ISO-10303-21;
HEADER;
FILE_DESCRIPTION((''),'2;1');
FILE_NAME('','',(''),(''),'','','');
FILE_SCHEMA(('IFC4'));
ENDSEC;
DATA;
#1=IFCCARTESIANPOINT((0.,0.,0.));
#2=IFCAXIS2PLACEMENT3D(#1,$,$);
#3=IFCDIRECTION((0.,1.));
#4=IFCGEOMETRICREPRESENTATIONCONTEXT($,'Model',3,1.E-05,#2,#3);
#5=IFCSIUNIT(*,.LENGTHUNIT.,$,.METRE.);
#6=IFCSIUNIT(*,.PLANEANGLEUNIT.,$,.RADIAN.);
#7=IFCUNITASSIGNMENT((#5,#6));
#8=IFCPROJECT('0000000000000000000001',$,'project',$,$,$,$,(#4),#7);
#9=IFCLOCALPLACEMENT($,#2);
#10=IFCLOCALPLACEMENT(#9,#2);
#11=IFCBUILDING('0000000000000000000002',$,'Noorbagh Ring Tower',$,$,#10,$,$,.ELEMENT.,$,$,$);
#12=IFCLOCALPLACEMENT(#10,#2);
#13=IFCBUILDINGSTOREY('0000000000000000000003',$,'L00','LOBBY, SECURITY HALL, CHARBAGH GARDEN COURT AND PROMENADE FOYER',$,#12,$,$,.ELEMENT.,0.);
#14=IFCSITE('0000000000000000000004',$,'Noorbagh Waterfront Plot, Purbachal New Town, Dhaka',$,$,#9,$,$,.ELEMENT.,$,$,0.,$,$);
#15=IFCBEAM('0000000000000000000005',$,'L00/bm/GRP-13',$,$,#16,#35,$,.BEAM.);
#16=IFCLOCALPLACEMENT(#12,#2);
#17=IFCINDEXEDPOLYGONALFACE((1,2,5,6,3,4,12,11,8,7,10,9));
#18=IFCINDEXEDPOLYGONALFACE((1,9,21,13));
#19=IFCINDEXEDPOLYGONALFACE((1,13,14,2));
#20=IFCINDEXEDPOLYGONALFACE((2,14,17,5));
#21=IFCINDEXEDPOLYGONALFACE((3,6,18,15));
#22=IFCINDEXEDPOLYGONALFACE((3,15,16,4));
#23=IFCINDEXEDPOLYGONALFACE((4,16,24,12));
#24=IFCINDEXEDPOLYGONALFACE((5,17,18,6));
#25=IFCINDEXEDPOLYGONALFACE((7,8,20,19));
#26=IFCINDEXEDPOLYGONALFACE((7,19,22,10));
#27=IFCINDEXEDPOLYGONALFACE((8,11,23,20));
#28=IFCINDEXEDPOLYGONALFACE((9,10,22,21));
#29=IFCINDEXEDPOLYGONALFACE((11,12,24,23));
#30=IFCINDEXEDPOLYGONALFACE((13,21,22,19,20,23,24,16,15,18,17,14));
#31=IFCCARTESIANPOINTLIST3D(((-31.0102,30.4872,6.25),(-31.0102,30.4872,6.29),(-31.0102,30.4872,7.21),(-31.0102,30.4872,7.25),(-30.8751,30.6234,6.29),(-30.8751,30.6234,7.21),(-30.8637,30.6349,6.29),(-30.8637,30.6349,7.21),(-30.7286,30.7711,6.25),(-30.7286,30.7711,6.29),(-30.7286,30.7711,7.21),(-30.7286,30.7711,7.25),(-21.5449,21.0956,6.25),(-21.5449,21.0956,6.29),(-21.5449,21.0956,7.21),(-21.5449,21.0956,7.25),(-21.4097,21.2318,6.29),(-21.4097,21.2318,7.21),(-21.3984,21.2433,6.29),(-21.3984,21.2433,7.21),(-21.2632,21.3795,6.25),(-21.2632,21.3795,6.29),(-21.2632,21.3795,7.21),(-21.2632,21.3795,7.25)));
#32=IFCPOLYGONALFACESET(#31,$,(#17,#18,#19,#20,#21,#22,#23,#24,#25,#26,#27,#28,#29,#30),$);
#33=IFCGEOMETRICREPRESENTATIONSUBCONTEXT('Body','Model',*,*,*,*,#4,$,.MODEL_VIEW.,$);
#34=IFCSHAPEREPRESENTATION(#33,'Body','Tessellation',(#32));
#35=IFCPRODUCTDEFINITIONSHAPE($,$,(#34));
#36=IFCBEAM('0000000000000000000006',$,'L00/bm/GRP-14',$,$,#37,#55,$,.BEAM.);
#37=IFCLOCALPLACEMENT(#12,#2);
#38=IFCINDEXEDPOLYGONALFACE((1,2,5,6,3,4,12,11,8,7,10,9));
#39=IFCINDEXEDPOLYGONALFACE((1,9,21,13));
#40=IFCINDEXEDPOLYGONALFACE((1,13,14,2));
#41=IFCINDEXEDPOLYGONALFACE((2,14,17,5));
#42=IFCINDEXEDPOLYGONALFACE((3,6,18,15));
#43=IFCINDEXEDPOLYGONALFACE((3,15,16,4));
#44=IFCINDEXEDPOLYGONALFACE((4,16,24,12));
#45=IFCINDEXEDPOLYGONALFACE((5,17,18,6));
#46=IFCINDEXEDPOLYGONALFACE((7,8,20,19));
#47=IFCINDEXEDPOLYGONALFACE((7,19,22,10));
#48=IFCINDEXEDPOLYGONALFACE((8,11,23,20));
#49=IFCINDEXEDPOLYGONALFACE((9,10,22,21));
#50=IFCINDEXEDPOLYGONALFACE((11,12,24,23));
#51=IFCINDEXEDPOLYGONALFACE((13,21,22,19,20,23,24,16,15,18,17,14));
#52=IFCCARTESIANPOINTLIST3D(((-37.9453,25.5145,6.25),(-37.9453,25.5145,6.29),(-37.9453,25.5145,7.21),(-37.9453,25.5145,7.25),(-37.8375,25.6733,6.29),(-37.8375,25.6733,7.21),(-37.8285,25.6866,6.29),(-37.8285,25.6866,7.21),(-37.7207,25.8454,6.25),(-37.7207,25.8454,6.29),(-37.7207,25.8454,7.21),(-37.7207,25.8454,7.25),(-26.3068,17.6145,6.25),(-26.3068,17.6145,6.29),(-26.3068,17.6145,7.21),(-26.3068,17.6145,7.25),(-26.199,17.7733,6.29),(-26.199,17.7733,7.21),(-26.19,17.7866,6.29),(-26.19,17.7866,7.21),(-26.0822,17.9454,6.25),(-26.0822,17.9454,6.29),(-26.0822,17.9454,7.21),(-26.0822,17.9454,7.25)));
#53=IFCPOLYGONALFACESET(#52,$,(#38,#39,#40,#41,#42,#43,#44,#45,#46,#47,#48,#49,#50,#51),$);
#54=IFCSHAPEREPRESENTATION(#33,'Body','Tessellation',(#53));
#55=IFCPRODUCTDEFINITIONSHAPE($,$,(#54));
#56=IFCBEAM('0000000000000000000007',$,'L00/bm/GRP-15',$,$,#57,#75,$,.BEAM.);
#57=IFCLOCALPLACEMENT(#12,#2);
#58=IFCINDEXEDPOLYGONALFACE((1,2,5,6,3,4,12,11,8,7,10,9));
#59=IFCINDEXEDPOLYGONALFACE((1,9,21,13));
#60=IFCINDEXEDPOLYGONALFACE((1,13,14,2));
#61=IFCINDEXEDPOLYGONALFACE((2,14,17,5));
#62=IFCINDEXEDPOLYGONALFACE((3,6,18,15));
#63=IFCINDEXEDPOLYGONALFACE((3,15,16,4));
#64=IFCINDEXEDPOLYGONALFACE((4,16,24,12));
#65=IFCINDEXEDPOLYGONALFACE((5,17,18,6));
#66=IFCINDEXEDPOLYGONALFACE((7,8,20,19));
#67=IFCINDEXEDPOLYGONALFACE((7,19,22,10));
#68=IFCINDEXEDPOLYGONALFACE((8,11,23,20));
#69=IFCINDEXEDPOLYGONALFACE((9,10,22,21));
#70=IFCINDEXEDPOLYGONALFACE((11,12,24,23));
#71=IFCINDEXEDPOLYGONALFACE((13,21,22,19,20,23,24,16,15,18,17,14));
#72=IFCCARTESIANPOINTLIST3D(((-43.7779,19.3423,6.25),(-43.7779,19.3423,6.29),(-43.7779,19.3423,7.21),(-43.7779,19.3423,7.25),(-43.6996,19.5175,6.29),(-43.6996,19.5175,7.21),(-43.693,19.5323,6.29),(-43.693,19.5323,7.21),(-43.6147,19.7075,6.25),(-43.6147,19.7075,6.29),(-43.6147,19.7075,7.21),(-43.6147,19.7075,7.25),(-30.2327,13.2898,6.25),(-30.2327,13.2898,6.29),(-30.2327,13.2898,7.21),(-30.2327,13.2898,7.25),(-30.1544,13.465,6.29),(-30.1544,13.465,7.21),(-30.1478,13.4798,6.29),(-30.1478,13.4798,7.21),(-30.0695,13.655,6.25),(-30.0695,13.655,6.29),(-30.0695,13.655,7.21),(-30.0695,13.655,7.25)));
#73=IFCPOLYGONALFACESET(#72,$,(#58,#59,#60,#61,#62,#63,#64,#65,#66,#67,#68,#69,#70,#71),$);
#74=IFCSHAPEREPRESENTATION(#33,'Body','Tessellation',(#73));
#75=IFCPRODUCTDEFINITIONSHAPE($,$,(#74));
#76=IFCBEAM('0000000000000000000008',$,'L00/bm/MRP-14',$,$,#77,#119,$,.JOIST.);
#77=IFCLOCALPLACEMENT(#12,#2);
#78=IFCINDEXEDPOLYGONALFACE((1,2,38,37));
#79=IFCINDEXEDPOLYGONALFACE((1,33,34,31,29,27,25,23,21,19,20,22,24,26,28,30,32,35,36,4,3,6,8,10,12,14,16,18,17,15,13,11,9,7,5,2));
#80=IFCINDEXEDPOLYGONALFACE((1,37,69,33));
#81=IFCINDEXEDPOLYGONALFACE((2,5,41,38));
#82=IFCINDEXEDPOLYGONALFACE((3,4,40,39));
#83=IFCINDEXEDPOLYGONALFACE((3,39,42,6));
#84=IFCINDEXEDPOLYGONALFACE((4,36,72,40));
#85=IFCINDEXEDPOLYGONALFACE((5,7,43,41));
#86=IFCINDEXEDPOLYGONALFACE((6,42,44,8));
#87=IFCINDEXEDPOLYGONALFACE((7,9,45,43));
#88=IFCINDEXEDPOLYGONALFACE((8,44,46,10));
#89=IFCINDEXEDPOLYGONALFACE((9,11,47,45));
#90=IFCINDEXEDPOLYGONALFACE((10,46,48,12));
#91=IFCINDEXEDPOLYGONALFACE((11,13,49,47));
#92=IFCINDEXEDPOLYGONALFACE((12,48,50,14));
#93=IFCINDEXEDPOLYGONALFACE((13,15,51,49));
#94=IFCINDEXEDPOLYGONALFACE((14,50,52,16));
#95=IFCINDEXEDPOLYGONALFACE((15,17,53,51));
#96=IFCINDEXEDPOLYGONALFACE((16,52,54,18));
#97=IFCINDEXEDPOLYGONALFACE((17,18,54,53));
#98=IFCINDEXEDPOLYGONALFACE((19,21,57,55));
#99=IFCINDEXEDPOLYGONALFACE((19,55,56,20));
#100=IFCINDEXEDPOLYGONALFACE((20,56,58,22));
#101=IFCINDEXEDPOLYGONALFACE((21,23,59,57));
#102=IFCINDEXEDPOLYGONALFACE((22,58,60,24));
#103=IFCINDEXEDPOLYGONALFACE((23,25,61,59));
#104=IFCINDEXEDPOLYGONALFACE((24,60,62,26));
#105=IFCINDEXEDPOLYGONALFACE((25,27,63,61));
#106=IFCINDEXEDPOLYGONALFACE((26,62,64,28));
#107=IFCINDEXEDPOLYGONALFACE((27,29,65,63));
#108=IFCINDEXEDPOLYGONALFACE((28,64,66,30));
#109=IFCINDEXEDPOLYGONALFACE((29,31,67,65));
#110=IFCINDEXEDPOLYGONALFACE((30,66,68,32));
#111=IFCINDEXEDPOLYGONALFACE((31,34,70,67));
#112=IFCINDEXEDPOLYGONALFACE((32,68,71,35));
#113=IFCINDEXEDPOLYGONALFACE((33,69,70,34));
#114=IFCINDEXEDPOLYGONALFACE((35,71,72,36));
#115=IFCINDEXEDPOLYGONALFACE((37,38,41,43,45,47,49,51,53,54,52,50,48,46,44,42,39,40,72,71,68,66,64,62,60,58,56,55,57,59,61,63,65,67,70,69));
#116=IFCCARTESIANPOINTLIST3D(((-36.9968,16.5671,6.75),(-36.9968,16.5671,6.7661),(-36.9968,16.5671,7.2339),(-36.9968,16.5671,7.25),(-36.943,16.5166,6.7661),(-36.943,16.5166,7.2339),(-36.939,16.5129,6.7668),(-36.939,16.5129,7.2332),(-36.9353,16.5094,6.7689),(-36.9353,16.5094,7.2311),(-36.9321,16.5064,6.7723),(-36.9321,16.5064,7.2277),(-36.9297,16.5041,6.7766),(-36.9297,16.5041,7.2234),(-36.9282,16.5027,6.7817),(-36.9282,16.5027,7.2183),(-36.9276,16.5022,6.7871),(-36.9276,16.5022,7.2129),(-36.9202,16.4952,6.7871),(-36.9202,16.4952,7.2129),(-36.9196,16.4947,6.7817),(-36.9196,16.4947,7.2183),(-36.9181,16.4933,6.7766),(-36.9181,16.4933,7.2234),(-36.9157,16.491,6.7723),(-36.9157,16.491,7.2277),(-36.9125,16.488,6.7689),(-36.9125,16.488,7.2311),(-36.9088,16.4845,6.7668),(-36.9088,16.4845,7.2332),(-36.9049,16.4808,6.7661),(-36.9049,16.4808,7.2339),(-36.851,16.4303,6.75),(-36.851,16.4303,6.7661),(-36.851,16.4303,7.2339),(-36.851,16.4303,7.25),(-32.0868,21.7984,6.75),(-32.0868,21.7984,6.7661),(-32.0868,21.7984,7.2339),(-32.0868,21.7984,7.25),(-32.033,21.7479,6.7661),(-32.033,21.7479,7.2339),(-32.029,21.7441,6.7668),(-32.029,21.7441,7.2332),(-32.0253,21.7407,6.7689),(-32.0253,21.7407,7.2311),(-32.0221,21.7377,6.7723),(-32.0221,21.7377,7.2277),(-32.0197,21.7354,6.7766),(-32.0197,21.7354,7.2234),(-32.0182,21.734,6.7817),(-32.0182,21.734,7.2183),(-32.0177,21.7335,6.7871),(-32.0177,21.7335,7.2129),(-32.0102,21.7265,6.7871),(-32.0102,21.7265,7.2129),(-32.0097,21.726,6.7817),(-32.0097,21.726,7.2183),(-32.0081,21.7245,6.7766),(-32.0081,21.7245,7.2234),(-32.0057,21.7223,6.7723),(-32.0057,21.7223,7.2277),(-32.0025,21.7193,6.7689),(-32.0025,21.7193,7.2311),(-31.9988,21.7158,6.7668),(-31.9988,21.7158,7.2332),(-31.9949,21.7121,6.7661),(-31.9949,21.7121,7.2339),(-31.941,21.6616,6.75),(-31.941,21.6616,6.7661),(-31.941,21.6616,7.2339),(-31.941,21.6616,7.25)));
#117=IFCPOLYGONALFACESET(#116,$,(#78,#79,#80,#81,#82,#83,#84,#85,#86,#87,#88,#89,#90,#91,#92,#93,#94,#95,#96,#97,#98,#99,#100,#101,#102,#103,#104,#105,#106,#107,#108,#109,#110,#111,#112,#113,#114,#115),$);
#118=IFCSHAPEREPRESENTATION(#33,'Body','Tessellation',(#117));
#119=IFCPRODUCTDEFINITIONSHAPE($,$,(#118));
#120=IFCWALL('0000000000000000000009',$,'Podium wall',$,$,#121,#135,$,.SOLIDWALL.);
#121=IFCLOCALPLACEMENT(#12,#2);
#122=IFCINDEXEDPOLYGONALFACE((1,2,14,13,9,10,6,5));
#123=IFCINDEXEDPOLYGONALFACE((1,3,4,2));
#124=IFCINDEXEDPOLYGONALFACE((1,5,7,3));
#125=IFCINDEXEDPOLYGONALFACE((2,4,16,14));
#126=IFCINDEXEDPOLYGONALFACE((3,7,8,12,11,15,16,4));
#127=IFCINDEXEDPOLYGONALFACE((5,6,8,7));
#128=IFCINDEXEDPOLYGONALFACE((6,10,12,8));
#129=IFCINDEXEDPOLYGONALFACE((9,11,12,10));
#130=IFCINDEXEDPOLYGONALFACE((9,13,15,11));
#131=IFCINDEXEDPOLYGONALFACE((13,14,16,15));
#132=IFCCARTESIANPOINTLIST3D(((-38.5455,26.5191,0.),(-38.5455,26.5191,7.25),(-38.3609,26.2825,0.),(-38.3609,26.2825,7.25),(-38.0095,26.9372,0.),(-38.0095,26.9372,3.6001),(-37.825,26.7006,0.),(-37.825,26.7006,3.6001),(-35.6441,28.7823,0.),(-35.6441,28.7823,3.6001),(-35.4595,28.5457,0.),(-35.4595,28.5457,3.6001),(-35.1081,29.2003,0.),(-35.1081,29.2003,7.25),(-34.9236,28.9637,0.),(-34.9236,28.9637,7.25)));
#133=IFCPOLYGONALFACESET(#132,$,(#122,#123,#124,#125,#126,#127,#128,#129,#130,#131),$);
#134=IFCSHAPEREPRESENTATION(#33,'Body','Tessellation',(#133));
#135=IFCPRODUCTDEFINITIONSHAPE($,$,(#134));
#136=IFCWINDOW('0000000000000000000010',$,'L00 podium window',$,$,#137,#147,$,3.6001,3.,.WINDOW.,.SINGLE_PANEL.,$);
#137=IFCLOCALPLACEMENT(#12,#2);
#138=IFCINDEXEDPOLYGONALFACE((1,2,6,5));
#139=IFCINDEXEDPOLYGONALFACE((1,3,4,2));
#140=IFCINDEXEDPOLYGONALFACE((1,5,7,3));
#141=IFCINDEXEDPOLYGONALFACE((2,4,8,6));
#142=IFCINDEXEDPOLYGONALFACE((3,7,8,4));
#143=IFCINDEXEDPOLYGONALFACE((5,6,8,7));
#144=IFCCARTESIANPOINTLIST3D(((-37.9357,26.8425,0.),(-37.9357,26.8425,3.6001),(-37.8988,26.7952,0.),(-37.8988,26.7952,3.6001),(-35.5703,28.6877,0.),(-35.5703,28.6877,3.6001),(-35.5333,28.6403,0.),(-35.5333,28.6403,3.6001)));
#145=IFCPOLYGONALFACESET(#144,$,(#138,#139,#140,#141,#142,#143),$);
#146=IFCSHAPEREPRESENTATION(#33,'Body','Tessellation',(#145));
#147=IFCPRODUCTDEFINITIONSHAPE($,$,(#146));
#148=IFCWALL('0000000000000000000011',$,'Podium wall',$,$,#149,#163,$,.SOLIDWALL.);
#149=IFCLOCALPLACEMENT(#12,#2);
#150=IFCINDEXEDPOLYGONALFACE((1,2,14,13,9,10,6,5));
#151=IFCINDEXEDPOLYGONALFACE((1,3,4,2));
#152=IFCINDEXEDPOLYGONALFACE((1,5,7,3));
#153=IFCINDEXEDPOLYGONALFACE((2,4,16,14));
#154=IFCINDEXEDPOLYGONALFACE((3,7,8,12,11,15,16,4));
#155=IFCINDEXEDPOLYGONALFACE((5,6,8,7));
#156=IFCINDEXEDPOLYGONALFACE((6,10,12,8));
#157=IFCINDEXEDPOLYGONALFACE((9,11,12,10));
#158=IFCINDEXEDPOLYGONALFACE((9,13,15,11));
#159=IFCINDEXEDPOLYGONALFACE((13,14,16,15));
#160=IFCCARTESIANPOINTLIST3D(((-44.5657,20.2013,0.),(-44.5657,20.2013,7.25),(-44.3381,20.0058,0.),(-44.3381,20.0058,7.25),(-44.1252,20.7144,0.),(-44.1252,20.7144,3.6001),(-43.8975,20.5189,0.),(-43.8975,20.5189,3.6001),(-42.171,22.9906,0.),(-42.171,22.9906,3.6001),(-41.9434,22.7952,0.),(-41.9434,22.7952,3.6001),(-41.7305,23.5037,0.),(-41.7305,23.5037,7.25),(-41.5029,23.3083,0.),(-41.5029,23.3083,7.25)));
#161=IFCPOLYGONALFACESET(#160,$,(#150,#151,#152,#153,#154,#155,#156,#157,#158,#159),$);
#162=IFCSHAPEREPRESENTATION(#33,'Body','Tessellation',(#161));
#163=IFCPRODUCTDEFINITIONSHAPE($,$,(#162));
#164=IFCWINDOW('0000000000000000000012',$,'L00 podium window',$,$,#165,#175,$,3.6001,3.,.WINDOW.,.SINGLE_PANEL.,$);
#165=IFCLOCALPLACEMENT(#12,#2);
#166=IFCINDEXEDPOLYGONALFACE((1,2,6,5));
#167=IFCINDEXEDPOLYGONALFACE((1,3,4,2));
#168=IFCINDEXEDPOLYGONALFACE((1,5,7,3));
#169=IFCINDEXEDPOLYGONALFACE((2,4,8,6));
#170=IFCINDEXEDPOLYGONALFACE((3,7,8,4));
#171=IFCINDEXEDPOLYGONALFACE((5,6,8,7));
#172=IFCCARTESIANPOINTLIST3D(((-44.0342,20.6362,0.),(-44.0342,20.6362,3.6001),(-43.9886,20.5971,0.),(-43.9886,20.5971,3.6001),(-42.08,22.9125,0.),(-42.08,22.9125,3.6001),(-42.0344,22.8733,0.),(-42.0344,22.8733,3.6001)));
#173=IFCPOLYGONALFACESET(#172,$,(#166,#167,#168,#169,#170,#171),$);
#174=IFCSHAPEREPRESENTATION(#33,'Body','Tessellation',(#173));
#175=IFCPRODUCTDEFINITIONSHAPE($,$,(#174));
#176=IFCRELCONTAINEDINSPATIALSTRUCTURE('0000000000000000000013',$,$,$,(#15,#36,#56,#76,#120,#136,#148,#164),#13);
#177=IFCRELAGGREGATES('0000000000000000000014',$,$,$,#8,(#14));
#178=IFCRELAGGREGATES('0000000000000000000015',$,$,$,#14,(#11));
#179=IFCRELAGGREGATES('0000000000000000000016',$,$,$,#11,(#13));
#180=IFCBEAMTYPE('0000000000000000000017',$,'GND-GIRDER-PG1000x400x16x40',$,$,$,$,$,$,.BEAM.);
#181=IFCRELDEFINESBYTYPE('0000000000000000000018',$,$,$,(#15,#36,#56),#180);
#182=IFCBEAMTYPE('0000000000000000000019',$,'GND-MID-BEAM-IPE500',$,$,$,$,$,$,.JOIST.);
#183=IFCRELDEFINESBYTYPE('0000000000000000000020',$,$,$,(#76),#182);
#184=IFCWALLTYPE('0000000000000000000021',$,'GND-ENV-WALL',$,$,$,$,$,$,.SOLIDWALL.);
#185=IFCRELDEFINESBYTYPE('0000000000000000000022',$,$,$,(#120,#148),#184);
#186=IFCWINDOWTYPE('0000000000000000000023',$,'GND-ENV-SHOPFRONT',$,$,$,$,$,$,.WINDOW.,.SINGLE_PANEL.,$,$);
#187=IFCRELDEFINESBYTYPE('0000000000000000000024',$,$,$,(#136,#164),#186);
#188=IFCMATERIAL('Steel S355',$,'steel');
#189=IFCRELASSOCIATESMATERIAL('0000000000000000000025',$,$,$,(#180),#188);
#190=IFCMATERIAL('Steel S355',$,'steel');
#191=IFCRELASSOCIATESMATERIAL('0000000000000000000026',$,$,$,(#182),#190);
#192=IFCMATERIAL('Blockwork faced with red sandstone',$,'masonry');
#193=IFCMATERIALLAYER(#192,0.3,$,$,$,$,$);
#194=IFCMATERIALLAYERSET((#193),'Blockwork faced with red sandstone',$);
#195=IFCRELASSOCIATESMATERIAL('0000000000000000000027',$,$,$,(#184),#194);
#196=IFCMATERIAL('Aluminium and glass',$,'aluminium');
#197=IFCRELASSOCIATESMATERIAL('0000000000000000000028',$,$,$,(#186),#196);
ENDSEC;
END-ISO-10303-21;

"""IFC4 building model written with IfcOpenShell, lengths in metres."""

from ifc_helpers import new_model, si_unit, direction, frame, frame_2d, origin, origin_2d, place, context, subcontext, project, spatial, rectangle, i_section, extrude, material, layer, layer_set, material_profile, profile_set, type_object, element, fill, save


model = new_model("IFC4")

# Units and contexts
model_context = context("Model", 3, precision=1e-05, world=origin(), true_north=direction((0.0, 1.0)))
body_context = subcontext(model_context, "Body", "Model", "MODEL_VIEW")
ifc_project = project(units=[si_unit("LENGTHUNIT", "METRE"), si_unit("PLANEANGLEUNIT", "RADIAN")], contexts=[model_context])

# Site, building, storey
site_placement = place(None, origin())
site = spatial("IfcSite", under=ifc_project, at=site_placement, Name="Noorbagh Waterfront Plot, Purbachal New Town, Dhaka", CompositionType="ELEMENT", RefElevation=0.0)
building_placement = place(site_placement, origin())
building = spatial("IfcBuilding", under=site, at=building_placement, Name="Noorbagh Ring Tower", CompositionType="ELEMENT")
storey_placement = place(building_placement, origin())
storey = spatial("IfcBuildingStorey", under=building, at=storey_placement, Name="L00", Description="LOBBY, SECURITY HALL, CHARBAGH GARDEN COURT AND PROMENADE FOYER", CompositionType="ELEMENT", Elevation=0.0)

# Beams
ifc_material_1 = material(Name="Steel S355", Category="steel")
ifc_material_profile_1 = material_profile(ifc_material_1, i_section(OverallWidth=0.3999, OverallDepth=1.0, WebThickness=0.0161, FlangeThickness=0.04, at=origin_2d()), Name="PG1000x400x16x40")
ifc_profile_set_1 = profile_set([ifc_material_profile_1], Name="Steel S355")
beam_type_1 = type_object("IfcBeamType", Name="GND-GIRDER-PG1000x400x16x40", PredefinedType="BEAM", material=ifc_profile_set_1)
beam_1_placement = place(storey_placement, frame((-30.8694, 30.6292, 6.75), z_axis=(0.709866, -0.704337, 0.0), x_axis=(0.704337, 0.709866, 0.0)))
element("IfcBeam", 1, at=beam_1_placement, inside=storey, type_object=beam_type_1, Name="L00/bm/GRP-13", PredefinedType="BEAM", context=body_context, shape_type="SweptSolid", body=[
    extrude(i_section(OverallWidth=0.3999, OverallDepth=1.0, WebThickness=0.0161, FlangeThickness=0.04, at=origin_2d()), origin(), (0.0, 0.0, 1.0), 13.334),
])
beam_2_placement = place(storey_placement, frame((-37.833, 25.6799, 6.75), z_axis=(0.827397, -0.561618, 0.0), x_axis=(0.561618, 0.827397, 0.0)))
element("IfcBeam", 2, at=beam_2_placement, inside=storey, type_object=beam_type_1, Name="L00/bm/GRP-14", PredefinedType="BEAM", context=body_context, shape_type="SweptSolid", body=[
    extrude(i_section(OverallWidth=0.3999, OverallDepth=1.0, WebThickness=0.0161, FlangeThickness=0.04, at=origin_2d()), origin(), (0.0, 0.0, 1.0), 14.0664),
])
beam_3_placement = place(storey_placement, frame((-43.6963, 19.5249, 6.75), z_axis=(0.912999, -0.407962, 0.0), x_axis=(0.407962, 0.912999, 0.0)))
element("IfcBeam", 3, at=beam_3_placement, inside=storey, type_object=beam_type_1, Name="L00/bm/GRP-15", PredefinedType="BEAM", context=body_context, shape_type="SweptSolid", body=[
    extrude(i_section(OverallWidth=0.3999, OverallDepth=1.0, WebThickness=0.0161, FlangeThickness=0.04, at=origin_2d()), origin(), (0.0, 0.0, 1.0), 14.8359),
])
ifc_material_2 = material(Name="Steel S355", Category="steel")
ifc_material_profile_2 = material_profile(ifc_material_2, i_section(OverallWidth=0.2, OverallDepth=0.5, WebThickness=0.0103, FlangeThickness=0.0161, FilletRadius=0.021, at=origin_2d()), Name="IPE500")
ifc_profile_set_2 = profile_set([ifc_material_profile_2], Name="Steel S355")
beam_type_2 = type_object("IfcBeamType", Name="GND-MID-BEAM-IPE500", PredefinedType="JOIST", material=ifc_profile_set_2)
beam_4_placement = place(storey_placement, frame((-32.0139, 21.73, 7.0), z_axis=(-0.684361, -0.729143, 0.0), x_axis=(0.729143, -0.684361, 0.0)))
element("IfcBeam", 4, at=beam_4_placement, inside=storey, type_object=beam_type_2, Name="L00/bm/MRP-14", PredefinedType="JOIST", context=body_context, shape_type="SweptSolid", body=[
    extrude(i_section(OverallWidth=0.2, OverallDepth=0.5, WebThickness=0.0103, FlangeThickness=0.0161, FilletRadius=0.021, at=origin_2d()), origin(), (0.0, 0.0, 1.0), 7.1746),
])

# Shared definitions
ifc_material_3 = material(Name="Blockwork faced with red sandstone", Category="masonry")
ifc_layer_1 = layer(ifc_material_3, 0.3)
ifc_layer_set_1 = layer_set([ifc_layer_1], Name="Blockwork faced with red sandstone")
wall_type_1 = type_object("IfcWallType", Name="GND-ENV-WALL", PredefinedType="SOLIDWALL", material=ifc_layer_set_1)

# Wall, opening, window
wall_1_placement = place(storey_placement, frame((-35.0159, 29.082, 0.0), z_axis=(0.0, 0.0, 1.0), x_axis=(-0.788492, -0.615045, 0.0)))
wall_1 = element("IfcWall", 5, at=wall_1_placement, inside=storey, type_object=wall_type_1, Name="Podium wall", PredefinedType="SOLIDWALL", context=body_context, shape_type="SweptSolid", body=[
    extrude(rectangle(XDim=4.3594, YDim=0.3, at=frame_2d((2.1797, 0.0))), origin(), (0.0, 0.0, 1.0), 7.25),
])
opening_1_placement = place(wall_1_placement, frame((0.6797, 0.0, 0.0)))
opening_1 = element("IfcOpeningElement", 6, at=opening_1_placement, cuts=wall_1, PredefinedType="OPENING", context=body_context, shape_type="SweptSolid", body=[
    extrude(rectangle(XDim=3.0, YDim=3.6001, at=frame_2d((1.5, 1.8))), frame((0.0, 0.1602, 0.0), z_axis=(0.0, -1.0, 0.0), x_axis=(1.0, 0.0, 0.0)), (0.0, 0.0, 1.0), 0.3201),
])
ifc_material_4 = material(Name="Aluminium and glass", Category="aluminium")
window_type = type_object("IfcWindowType", Name="GND-ENV-SHOPFRONT", PartitioningType="SINGLE_PANEL", PredefinedType="WINDOW", material=ifc_material_4)
window_1_placement = place(opening_1_placement, origin())
window_1 = element("IfcWindow", 7, at=window_1_placement, inside=storey, type_object=window_type, Name="L00 podium window", OverallHeight=3.6001, OverallWidth=3.0, PartitioningType="SINGLE_PANEL", PredefinedType="WINDOW", context=body_context, shape_type="SweptSolid", body=[
    extrude(rectangle(XDim=3.0, YDim=3.6001, at=frame_2d((1.5, 1.8))), frame((0.0, 0.03, 0.0), z_axis=(0.0, -1.0, 0.0), x_axis=(1.0, 0.0, 0.0)), (0.0, 0.0, 1.0), 0.0601),
])
fill(opening_1, window_1)

# Wall, opening, window
wall_2_placement = place(storey_placement, frame((-41.6167, 23.406, 0.0), z_axis=(0.0, 0.0, 1.0), x_axis=(-0.651387, -0.758746, 0.0)))
wall_2 = element("IfcWall", 8, at=wall_2_placement, inside=storey, type_object=wall_type_1, Name="Podium wall", PredefinedType="SOLIDWALL", context=body_context, shape_type="SweptSolid", body=[
    extrude(rectangle(XDim=4.3525, YDim=0.3, at=frame_2d((2.1763, 0.0))), origin(), (0.0, 0.0, 1.0), 7.25),
])
opening_2_placement = place(wall_2_placement, frame((0.6763, 0.0, 0.0)))
opening_2 = element("IfcOpeningElement", 9, at=opening_2_placement, cuts=wall_2, PredefinedType="OPENING", context=body_context, shape_type="SweptSolid", body=[
    extrude(rectangle(XDim=3.0, YDim=3.6001, at=frame_2d((1.5, 1.8))), frame((0.0, 0.1602, 0.0), z_axis=(0.0, -1.0, 0.0), x_axis=(1.0, 0.0, 0.0)), (0.0, 0.0, 1.0), 0.3201),
])
window_2_placement = place(opening_2_placement, origin())
window_2 = element("IfcWindow", 10, at=window_2_placement, inside=storey, type_object=window_type, Name="L00 podium window", OverallHeight=3.6001, OverallWidth=3.0, PartitioningType="SINGLE_PANEL", PredefinedType="WINDOW", context=body_context, shape_type="SweptSolid", body=[
    extrude(rectangle(XDim=3.0, YDim=3.6001, at=frame_2d((1.5, 1.8))), frame((0.0, 0.03, 0.0), z_axis=(0.0, -1.0, 0.0), x_axis=(1.0, 0.0, 0.0)), (0.0, 0.0, 1.0), 0.0601),
])
fill(opening_2, window_2)

save(model, "model.ifc")
